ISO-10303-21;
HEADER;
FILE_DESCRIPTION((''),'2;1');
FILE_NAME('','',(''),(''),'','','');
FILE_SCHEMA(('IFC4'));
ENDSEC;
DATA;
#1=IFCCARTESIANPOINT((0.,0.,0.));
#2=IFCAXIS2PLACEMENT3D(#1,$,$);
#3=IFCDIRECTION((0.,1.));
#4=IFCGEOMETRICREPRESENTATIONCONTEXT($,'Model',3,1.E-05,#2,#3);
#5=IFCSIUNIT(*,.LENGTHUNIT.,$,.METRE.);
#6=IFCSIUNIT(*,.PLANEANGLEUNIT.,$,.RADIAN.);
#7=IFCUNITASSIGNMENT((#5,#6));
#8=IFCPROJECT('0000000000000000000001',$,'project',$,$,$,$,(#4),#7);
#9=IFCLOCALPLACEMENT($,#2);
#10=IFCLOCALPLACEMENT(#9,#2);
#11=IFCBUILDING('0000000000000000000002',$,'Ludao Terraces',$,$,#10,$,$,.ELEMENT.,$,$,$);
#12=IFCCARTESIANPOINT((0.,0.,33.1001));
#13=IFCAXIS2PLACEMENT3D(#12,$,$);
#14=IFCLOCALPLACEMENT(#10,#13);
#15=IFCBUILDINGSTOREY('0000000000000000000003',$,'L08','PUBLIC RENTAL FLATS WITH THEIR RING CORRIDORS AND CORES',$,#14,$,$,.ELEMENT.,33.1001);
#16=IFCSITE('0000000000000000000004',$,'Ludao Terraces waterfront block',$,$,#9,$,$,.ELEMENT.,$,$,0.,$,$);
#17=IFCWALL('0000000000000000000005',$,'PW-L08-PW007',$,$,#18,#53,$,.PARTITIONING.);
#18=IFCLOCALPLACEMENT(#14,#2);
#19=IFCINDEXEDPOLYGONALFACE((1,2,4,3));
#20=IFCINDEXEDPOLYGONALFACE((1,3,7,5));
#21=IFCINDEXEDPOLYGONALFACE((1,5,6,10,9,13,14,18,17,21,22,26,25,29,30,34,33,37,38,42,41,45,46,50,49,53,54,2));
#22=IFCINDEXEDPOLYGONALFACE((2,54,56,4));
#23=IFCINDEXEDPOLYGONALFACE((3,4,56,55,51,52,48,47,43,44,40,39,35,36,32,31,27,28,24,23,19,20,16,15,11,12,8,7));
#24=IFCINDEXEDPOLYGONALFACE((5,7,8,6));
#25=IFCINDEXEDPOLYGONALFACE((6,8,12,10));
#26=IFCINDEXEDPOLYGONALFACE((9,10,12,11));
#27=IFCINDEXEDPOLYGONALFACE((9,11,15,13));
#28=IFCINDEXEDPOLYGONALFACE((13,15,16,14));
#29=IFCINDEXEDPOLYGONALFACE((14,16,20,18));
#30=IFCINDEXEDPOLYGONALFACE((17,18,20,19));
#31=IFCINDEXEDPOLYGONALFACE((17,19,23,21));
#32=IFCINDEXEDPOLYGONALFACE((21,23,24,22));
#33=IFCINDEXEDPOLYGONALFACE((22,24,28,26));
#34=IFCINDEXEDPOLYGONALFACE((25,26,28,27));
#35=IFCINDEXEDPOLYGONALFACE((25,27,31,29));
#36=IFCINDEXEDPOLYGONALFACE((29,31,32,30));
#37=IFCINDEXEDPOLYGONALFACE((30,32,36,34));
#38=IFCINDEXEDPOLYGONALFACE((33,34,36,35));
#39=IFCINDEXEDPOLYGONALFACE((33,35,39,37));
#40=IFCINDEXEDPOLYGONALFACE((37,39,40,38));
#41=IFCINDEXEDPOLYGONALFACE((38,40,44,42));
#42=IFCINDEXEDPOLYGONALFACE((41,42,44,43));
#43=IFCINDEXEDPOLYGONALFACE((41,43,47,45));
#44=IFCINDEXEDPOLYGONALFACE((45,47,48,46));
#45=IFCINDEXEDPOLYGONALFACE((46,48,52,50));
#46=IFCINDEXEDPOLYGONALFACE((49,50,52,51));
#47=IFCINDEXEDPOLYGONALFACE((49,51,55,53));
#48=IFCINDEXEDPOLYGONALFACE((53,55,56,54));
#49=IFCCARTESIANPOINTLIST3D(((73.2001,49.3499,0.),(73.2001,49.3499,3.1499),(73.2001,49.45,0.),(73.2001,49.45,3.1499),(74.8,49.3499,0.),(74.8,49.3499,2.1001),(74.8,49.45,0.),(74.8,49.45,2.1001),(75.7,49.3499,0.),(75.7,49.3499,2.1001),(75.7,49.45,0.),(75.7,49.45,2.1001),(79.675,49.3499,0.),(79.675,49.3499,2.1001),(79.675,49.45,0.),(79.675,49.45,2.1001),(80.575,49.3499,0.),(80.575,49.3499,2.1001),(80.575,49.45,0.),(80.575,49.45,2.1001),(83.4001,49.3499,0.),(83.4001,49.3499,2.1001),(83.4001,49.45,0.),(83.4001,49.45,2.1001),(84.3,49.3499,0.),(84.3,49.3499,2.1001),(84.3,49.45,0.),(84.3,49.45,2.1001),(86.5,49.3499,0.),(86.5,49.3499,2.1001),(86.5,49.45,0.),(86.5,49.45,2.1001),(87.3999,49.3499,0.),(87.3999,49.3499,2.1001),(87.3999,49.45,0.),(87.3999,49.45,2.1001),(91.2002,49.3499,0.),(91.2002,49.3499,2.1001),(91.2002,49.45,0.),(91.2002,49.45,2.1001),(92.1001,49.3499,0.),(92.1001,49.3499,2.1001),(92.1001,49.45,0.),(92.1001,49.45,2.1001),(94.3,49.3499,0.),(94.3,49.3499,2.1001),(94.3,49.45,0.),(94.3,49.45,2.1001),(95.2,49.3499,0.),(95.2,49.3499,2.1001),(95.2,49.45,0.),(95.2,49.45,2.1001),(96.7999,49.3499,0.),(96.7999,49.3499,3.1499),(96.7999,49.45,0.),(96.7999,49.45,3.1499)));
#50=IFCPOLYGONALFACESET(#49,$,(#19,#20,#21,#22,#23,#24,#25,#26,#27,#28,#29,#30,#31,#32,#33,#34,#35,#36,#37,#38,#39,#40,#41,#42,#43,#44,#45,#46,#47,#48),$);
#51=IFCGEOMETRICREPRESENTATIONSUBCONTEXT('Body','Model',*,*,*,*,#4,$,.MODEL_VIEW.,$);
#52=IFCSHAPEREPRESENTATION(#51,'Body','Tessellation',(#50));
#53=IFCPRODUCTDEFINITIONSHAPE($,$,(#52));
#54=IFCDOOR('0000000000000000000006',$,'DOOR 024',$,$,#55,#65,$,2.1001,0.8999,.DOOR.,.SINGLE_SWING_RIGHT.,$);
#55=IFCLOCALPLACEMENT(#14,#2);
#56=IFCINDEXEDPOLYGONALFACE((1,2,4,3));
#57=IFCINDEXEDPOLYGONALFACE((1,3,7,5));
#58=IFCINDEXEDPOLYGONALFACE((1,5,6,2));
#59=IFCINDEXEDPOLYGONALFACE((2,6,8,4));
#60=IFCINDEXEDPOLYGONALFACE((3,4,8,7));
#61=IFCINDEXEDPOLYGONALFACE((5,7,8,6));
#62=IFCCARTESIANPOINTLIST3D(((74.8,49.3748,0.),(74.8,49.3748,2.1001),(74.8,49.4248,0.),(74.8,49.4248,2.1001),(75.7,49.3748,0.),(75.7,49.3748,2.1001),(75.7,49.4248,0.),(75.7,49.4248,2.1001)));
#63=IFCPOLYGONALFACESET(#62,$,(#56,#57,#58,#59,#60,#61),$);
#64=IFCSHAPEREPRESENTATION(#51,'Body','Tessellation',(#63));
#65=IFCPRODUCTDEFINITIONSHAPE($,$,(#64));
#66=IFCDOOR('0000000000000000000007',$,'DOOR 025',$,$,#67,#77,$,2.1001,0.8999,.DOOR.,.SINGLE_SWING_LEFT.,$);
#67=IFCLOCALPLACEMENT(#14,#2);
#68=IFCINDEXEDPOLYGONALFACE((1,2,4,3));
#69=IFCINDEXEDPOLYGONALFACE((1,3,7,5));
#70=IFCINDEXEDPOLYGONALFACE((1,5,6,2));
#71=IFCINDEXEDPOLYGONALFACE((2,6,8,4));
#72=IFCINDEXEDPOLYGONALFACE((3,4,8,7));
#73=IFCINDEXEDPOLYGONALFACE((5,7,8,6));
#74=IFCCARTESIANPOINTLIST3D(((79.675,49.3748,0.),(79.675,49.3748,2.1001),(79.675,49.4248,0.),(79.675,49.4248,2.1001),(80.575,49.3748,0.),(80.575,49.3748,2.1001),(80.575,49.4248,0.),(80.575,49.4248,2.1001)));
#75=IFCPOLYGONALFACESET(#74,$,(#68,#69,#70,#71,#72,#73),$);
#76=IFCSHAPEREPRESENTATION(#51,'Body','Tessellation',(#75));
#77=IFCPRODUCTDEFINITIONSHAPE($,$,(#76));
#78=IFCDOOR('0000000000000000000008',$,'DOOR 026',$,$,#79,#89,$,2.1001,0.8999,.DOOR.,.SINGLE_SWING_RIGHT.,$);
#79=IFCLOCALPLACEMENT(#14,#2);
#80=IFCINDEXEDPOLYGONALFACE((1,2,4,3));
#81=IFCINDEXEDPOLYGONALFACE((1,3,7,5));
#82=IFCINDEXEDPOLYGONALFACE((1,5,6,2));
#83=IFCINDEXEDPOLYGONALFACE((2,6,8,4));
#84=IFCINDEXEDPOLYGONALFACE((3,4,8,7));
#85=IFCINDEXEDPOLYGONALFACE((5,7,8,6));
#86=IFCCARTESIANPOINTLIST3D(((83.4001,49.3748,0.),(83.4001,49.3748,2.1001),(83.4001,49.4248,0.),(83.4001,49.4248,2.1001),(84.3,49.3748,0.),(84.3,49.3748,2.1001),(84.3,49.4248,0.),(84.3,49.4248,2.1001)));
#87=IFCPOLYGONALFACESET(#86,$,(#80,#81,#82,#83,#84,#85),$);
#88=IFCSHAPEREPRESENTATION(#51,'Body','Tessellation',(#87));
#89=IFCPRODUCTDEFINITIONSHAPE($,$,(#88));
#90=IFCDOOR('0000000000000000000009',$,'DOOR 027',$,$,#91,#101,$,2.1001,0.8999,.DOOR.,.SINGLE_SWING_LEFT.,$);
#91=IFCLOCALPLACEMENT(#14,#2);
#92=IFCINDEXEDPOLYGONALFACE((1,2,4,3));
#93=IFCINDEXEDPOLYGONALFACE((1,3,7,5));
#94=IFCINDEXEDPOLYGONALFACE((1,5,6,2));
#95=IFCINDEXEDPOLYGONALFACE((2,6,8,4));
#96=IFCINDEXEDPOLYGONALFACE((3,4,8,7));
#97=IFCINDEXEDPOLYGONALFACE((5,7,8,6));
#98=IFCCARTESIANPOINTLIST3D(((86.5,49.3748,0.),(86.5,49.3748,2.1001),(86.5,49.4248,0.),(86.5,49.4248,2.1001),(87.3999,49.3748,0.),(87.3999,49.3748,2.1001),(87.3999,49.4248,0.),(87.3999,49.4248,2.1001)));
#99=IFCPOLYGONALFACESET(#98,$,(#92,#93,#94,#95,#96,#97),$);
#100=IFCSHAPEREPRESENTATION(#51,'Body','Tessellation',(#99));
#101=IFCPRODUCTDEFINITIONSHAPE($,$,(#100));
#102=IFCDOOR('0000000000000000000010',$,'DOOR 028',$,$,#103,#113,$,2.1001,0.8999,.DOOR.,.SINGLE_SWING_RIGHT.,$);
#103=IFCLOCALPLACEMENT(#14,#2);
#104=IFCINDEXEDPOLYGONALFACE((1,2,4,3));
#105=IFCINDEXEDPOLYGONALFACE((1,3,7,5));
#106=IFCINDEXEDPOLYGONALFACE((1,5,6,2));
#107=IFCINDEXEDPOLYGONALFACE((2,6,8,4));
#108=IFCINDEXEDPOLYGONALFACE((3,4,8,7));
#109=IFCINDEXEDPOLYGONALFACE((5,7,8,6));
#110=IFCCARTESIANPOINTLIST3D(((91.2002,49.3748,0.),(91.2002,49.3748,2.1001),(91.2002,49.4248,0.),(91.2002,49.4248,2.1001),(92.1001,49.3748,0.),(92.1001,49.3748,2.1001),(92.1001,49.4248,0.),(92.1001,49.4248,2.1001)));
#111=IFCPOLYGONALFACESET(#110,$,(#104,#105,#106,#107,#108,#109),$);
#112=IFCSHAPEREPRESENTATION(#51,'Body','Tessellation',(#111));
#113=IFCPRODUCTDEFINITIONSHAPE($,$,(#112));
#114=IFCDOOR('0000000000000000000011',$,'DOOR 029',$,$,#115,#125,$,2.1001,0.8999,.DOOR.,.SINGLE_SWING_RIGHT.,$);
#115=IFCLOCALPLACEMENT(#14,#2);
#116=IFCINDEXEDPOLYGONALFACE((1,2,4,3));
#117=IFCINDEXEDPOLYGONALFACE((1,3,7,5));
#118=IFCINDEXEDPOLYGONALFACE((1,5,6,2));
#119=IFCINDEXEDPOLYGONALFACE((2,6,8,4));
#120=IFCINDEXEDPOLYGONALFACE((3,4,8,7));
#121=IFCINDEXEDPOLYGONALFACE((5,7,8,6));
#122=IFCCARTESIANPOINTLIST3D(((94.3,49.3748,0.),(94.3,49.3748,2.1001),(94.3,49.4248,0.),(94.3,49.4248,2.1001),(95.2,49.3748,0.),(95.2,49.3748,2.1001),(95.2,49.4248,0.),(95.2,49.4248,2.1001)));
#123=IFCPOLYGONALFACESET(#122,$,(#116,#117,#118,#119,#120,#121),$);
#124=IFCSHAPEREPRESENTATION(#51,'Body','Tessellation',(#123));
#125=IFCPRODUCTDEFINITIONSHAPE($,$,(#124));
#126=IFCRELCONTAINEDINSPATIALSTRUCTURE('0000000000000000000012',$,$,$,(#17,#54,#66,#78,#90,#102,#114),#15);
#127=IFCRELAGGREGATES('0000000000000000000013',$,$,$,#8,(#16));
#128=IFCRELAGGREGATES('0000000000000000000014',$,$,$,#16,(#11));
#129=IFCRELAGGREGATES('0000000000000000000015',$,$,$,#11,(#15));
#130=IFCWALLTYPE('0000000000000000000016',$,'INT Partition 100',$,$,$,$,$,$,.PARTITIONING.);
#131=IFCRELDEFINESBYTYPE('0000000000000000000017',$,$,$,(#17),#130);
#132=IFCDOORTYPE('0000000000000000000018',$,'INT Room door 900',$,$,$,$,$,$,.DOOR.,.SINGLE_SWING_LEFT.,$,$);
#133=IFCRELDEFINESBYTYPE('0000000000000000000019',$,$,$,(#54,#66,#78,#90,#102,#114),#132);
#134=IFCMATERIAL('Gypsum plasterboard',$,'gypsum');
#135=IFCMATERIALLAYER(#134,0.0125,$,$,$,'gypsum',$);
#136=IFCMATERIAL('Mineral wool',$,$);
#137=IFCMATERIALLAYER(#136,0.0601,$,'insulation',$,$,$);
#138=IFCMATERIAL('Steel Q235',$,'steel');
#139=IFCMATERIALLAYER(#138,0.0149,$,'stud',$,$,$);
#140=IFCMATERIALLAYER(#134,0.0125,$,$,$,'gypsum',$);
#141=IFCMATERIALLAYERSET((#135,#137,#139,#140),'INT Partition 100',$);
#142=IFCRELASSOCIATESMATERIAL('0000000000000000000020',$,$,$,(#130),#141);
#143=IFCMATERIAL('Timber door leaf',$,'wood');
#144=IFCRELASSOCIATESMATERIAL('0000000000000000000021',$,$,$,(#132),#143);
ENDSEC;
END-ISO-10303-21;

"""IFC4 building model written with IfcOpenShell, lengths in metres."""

from ifc_helpers import new_model, si_unit, direction, frame, frame_2d, origin, place, context, subcontext, project, spatial, rectangle, extrude, material, layer, layer_set, type_object, element, fill, save


model = new_model("IFC4")

# Units and contexts
model_context = context("Model", 3, precision=1e-05, world=origin(), true_north=direction((0.0, 1.0)))
body_context = subcontext(model_context, "Body", "Model", "MODEL_VIEW")
ifc_project = project(units=[si_unit("LENGTHUNIT", "METRE"), si_unit("PLANEANGLEUNIT", "RADIAN")], contexts=[model_context])

# Site, building, storey
site_placement = place(None, origin())
site = spatial("IfcSite", under=ifc_project, at=site_placement, Name="Ludao Terraces waterfront block", CompositionType="ELEMENT", RefElevation=0.0)
building_placement = place(site_placement, origin())
building = spatial("IfcBuilding", under=site, at=building_placement, Name="Ludao Terraces", CompositionType="ELEMENT")
storey_placement = place(building_placement, frame((0.0, 0.0, 33.1001)))
storey = spatial("IfcBuildingStorey", under=building, at=storey_placement, Name="L08", Description="PUBLIC RENTAL FLATS WITH THEIR RING CORRIDORS AND CORES", CompositionType="ELEMENT", Elevation=33.1001)

# Wall, openings, doors
ifc_material_1 = material(Name="Gypsum plasterboard", Category="gypsum")
ifc_layer_1 = layer(ifc_material_1, 0.0125, Category="gypsum")
ifc_material_2 = material(Name="Mineral wool")
ifc_layer_2 = layer(ifc_material_2, 0.0601, Name="insulation")
ifc_material_3 = material(Name="Steel Q235", Category="steel")
ifc_layer_3 = layer(ifc_material_3, 0.0149, Name="stud")
ifc_layer_4 = layer(ifc_material_1, 0.0125, Category="gypsum")
ifc_layer_set = layer_set([ifc_layer_1, ifc_layer_2, ifc_layer_3, ifc_layer_4], Name="INT Partition 100")
wall_type = type_object("IfcWallType", Name="INT Partition 100", PredefinedType="PARTITIONING", material=ifc_layer_set)
ifc_material_4 = material(Name="Timber door leaf", Category="wood")
door_type_1 = type_object("IfcDoorType", Name="INT Room door 900", OperationType="SINGLE_SWING_LEFT", PredefinedType="DOOR", material=ifc_material_4)
wall_1_placement = place(storey_placement, frame((73.2002, 49.3999, 0.0), z_axis=(0.0, 0.0, 1.0), x_axis=(1.0, 0.0, 0.0)))
wall_1 = element("IfcWall", 1, at=wall_1_placement, inside=storey, type_object=wall_type, Name="PW-L08-PW007", PredefinedType="PARTITIONING", context=body_context, shape_type="SweptSolid", body=[
    extrude(rectangle(XDim=23.5999, YDim=0.1001, at=frame_2d((11.7998, 0.0))), origin(), (0.0, 0.0, 1.0), 3.1499),
])
opening_1_placement = place(wall_1_placement, frame((1.5999, 0.0, 0.0)))
opening_1 = element("IfcOpeningElement", 2, at=opening_1_placement, cuts=wall_1, PredefinedType="OPENING", context=body_context, shape_type="SweptSolid", body=[
    extrude(rectangle(XDim=0.8999, YDim=2.1001, at=frame_2d((0.45, 1.05))), frame((0.0, 0.0601, 0.0), z_axis=(0.0, -1.0, 0.0), x_axis=(1.0, 0.0, 0.0)), (0.0, 0.0, 1.0), 0.1201),
])
opening_2_placement = place(wall_1_placement, frame((6.4749, 0.0, 0.0)))
opening_2 = element("IfcOpeningElement", 3, at=opening_2_placement, cuts=wall_1, PredefinedType="OPENING", context=body_context, shape_type="SweptSolid", body=[
    extrude(rectangle(XDim=0.8999, YDim=2.1001, at=frame_2d((0.45, 1.05))), frame((0.0, 0.0601, 0.0), z_axis=(0.0, -1.0, 0.0), x_axis=(1.0, 0.0, 0.0)), (0.0, 0.0, 1.0), 0.1201),
])
opening_3_placement = place(wall_1_placement, frame((10.2, 0.0, 0.0)))
opening_3 = element("IfcOpeningElement", 4, at=opening_3_placement, cuts=wall_1, PredefinedType="OPENING", context=body_context, shape_type="SweptSolid", body=[
    extrude(rectangle(XDim=0.8999, YDim=2.1001, at=frame_2d((0.45, 1.05))), frame((0.0, 0.0601, 0.0), z_axis=(0.0, -1.0, 0.0), x_axis=(1.0, 0.0, 0.0)), (0.0, 0.0, 1.0), 0.1201),
])
opening_4_placement = place(wall_1_placement, frame((13.2998, 0.0, 0.0)))
opening_4 = element("IfcOpeningElement", 5, at=opening_4_placement, cuts=wall_1, PredefinedType="OPENING", context=body_context, shape_type="SweptSolid", body=[
    extrude(rectangle(XDim=0.8999, YDim=2.1001, at=frame_2d((0.45, 1.05))), frame((0.0, 0.0601, 0.0), z_axis=(0.0, -1.0, 0.0), x_axis=(1.0, 0.0, 0.0)), (0.0, 0.0, 1.0), 0.1201),
])
opening_5_placement = place(wall_1_placement, frame((18.0, 0.0, 0.0)))
opening_5 = element("IfcOpeningElement", 6, at=opening_5_placement, cuts=wall_1, PredefinedType="OPENING", context=body_context, shape_type="SweptSolid", body=[
    extrude(rectangle(XDim=0.8999, YDim=2.1001, at=frame_2d((0.45, 1.05))), frame((0.0, 0.0601, 0.0), z_axis=(0.0, -1.0, 0.0), x_axis=(1.0, 0.0, 0.0)), (0.0, 0.0, 1.0), 0.1201),
])
opening_6_placement = place(wall_1_placement, frame((21.0999, 0.0, 0.0)))
opening_6 = element("IfcOpeningElement", 7, at=opening_6_placement, cuts=wall_1, PredefinedType="OPENING", context=body_context, shape_type="SweptSolid", body=[
    extrude(rectangle(XDim=0.8999, YDim=2.1001, at=frame_2d((0.45, 1.05))), frame((0.0, 0.0601, 0.0), z_axis=(0.0, -1.0, 0.0), x_axis=(1.0, 0.0, 0.0)), (0.0, 0.0, 1.0), 0.1201),
])
door_1_placement = place(opening_1_placement, origin())
door_1 = element("IfcDoor", 8, at=door_1_placement, inside=storey, type_object=door_type_1, Name="DOOR 024", OperationType="SINGLE_SWING_RIGHT", OverallHeight=2.1001, OverallWidth=0.8999, PredefinedType="DOOR", context=body_context, shape_type="SweptSolid", body=[
    extrude(rectangle(XDim=0.8999, YDim=2.1001, at=frame_2d((0.45, 1.05))), frame((0.0, 0.0249, 0.0), z_axis=(0.0, -1.0, 0.0), x_axis=(1.0, 0.0, 0.0)), (0.0, 0.0, 1.0), 0.05),
])
fill(opening_1, door_1)
door_2_placement = place(opening_2_placement, origin())
door_2 = element("IfcDoor", 9, at=door_2_placement, inside=storey, type_object=door_type_1, Name="DOOR 025", OperationType="SINGLE_SWING_LEFT", OverallHeight=2.1001, OverallWidth=0.8999, PredefinedType="DOOR", context=body_context, shape_type="SweptSolid", body=[
    extrude(rectangle(XDim=0.8999, YDim=2.1001, at=frame_2d((0.45, 1.05))), frame((0.0, 0.0249, 0.0), z_axis=(0.0, -1.0, 0.0), x_axis=(1.0, 0.0, 0.0)), (0.0, 0.0, 1.0), 0.05),
])
fill(opening_2, door_2)
door_3_placement = place(opening_3_placement, origin())
door_3 = element("IfcDoor", 10, at=door_3_placement, inside=storey, type_object=door_type_1, Name="DOOR 026", OperationType="SINGLE_SWING_RIGHT", OverallHeight=2.1001, OverallWidth=0.8999, PredefinedType="DOOR", context=body_context, shape_type="SweptSolid", body=[
    extrude(rectangle(XDim=0.8999, YDim=2.1001, at=frame_2d((0.45, 1.05))), frame((0.0, 0.0249, 0.0), z_axis=(0.0, -1.0, 0.0), x_axis=(1.0, 0.0, 0.0)), (0.0, 0.0, 1.0), 0.05),
])
fill(opening_3, door_3)
door_4_placement = place(opening_4_placement, origin())
door_4 = element("IfcDoor", 11, at=door_4_placement, inside=storey, type_object=door_type_1, Name="DOOR 027", OperationType="SINGLE_SWING_LEFT", OverallHeight=2.1001, OverallWidth=0.8999, PredefinedType="DOOR", context=body_context, shape_type="SweptSolid", body=[
    extrude(rectangle(XDim=0.8999, YDim=2.1001, at=frame_2d((0.45, 1.05))), frame((0.0, 0.0249, 0.0), z_axis=(0.0, -1.0, 0.0), x_axis=(1.0, 0.0, 0.0)), (0.0, 0.0, 1.0), 0.05),
])
fill(opening_4, door_4)
door_5_placement = place(opening_5_placement, origin())
door_5 = element("IfcDoor", 12, at=door_5_placement, inside=storey, type_object=door_type_1, Name="DOOR 028", OperationType="SINGLE_SWING_RIGHT", OverallHeight=2.1001, OverallWidth=0.8999, PredefinedType="DOOR", context=body_context, shape_type="SweptSolid", body=[
    extrude(rectangle(XDim=0.8999, YDim=2.1001, at=frame_2d((0.45, 1.05))), frame((0.0, 0.0249, 0.0), z_axis=(0.0, -1.0, 0.0), x_axis=(1.0, 0.0, 0.0)), (0.0, 0.0, 1.0), 0.05),
])
fill(opening_5, door_5)
door_6_placement = place(opening_6_placement, origin())
door_6 = element("IfcDoor", 13, at=door_6_placement, inside=storey, type_object=door_type_1, Name="DOOR 029", OperationType="SINGLE_SWING_RIGHT", OverallHeight=2.1001, OverallWidth=0.8999, PredefinedType="DOOR", context=body_context, shape_type="SweptSolid", body=[
    extrude(rectangle(XDim=0.8999, YDim=2.1001, at=frame_2d((0.45, 1.05))), frame((0.0, 0.0249, 0.0), z_axis=(0.0, -1.0, 0.0), x_axis=(1.0, 0.0, 0.0)), (0.0, 0.0, 1.0), 0.05),
])
fill(opening_6, door_6)

save(model, "model.ifc")
